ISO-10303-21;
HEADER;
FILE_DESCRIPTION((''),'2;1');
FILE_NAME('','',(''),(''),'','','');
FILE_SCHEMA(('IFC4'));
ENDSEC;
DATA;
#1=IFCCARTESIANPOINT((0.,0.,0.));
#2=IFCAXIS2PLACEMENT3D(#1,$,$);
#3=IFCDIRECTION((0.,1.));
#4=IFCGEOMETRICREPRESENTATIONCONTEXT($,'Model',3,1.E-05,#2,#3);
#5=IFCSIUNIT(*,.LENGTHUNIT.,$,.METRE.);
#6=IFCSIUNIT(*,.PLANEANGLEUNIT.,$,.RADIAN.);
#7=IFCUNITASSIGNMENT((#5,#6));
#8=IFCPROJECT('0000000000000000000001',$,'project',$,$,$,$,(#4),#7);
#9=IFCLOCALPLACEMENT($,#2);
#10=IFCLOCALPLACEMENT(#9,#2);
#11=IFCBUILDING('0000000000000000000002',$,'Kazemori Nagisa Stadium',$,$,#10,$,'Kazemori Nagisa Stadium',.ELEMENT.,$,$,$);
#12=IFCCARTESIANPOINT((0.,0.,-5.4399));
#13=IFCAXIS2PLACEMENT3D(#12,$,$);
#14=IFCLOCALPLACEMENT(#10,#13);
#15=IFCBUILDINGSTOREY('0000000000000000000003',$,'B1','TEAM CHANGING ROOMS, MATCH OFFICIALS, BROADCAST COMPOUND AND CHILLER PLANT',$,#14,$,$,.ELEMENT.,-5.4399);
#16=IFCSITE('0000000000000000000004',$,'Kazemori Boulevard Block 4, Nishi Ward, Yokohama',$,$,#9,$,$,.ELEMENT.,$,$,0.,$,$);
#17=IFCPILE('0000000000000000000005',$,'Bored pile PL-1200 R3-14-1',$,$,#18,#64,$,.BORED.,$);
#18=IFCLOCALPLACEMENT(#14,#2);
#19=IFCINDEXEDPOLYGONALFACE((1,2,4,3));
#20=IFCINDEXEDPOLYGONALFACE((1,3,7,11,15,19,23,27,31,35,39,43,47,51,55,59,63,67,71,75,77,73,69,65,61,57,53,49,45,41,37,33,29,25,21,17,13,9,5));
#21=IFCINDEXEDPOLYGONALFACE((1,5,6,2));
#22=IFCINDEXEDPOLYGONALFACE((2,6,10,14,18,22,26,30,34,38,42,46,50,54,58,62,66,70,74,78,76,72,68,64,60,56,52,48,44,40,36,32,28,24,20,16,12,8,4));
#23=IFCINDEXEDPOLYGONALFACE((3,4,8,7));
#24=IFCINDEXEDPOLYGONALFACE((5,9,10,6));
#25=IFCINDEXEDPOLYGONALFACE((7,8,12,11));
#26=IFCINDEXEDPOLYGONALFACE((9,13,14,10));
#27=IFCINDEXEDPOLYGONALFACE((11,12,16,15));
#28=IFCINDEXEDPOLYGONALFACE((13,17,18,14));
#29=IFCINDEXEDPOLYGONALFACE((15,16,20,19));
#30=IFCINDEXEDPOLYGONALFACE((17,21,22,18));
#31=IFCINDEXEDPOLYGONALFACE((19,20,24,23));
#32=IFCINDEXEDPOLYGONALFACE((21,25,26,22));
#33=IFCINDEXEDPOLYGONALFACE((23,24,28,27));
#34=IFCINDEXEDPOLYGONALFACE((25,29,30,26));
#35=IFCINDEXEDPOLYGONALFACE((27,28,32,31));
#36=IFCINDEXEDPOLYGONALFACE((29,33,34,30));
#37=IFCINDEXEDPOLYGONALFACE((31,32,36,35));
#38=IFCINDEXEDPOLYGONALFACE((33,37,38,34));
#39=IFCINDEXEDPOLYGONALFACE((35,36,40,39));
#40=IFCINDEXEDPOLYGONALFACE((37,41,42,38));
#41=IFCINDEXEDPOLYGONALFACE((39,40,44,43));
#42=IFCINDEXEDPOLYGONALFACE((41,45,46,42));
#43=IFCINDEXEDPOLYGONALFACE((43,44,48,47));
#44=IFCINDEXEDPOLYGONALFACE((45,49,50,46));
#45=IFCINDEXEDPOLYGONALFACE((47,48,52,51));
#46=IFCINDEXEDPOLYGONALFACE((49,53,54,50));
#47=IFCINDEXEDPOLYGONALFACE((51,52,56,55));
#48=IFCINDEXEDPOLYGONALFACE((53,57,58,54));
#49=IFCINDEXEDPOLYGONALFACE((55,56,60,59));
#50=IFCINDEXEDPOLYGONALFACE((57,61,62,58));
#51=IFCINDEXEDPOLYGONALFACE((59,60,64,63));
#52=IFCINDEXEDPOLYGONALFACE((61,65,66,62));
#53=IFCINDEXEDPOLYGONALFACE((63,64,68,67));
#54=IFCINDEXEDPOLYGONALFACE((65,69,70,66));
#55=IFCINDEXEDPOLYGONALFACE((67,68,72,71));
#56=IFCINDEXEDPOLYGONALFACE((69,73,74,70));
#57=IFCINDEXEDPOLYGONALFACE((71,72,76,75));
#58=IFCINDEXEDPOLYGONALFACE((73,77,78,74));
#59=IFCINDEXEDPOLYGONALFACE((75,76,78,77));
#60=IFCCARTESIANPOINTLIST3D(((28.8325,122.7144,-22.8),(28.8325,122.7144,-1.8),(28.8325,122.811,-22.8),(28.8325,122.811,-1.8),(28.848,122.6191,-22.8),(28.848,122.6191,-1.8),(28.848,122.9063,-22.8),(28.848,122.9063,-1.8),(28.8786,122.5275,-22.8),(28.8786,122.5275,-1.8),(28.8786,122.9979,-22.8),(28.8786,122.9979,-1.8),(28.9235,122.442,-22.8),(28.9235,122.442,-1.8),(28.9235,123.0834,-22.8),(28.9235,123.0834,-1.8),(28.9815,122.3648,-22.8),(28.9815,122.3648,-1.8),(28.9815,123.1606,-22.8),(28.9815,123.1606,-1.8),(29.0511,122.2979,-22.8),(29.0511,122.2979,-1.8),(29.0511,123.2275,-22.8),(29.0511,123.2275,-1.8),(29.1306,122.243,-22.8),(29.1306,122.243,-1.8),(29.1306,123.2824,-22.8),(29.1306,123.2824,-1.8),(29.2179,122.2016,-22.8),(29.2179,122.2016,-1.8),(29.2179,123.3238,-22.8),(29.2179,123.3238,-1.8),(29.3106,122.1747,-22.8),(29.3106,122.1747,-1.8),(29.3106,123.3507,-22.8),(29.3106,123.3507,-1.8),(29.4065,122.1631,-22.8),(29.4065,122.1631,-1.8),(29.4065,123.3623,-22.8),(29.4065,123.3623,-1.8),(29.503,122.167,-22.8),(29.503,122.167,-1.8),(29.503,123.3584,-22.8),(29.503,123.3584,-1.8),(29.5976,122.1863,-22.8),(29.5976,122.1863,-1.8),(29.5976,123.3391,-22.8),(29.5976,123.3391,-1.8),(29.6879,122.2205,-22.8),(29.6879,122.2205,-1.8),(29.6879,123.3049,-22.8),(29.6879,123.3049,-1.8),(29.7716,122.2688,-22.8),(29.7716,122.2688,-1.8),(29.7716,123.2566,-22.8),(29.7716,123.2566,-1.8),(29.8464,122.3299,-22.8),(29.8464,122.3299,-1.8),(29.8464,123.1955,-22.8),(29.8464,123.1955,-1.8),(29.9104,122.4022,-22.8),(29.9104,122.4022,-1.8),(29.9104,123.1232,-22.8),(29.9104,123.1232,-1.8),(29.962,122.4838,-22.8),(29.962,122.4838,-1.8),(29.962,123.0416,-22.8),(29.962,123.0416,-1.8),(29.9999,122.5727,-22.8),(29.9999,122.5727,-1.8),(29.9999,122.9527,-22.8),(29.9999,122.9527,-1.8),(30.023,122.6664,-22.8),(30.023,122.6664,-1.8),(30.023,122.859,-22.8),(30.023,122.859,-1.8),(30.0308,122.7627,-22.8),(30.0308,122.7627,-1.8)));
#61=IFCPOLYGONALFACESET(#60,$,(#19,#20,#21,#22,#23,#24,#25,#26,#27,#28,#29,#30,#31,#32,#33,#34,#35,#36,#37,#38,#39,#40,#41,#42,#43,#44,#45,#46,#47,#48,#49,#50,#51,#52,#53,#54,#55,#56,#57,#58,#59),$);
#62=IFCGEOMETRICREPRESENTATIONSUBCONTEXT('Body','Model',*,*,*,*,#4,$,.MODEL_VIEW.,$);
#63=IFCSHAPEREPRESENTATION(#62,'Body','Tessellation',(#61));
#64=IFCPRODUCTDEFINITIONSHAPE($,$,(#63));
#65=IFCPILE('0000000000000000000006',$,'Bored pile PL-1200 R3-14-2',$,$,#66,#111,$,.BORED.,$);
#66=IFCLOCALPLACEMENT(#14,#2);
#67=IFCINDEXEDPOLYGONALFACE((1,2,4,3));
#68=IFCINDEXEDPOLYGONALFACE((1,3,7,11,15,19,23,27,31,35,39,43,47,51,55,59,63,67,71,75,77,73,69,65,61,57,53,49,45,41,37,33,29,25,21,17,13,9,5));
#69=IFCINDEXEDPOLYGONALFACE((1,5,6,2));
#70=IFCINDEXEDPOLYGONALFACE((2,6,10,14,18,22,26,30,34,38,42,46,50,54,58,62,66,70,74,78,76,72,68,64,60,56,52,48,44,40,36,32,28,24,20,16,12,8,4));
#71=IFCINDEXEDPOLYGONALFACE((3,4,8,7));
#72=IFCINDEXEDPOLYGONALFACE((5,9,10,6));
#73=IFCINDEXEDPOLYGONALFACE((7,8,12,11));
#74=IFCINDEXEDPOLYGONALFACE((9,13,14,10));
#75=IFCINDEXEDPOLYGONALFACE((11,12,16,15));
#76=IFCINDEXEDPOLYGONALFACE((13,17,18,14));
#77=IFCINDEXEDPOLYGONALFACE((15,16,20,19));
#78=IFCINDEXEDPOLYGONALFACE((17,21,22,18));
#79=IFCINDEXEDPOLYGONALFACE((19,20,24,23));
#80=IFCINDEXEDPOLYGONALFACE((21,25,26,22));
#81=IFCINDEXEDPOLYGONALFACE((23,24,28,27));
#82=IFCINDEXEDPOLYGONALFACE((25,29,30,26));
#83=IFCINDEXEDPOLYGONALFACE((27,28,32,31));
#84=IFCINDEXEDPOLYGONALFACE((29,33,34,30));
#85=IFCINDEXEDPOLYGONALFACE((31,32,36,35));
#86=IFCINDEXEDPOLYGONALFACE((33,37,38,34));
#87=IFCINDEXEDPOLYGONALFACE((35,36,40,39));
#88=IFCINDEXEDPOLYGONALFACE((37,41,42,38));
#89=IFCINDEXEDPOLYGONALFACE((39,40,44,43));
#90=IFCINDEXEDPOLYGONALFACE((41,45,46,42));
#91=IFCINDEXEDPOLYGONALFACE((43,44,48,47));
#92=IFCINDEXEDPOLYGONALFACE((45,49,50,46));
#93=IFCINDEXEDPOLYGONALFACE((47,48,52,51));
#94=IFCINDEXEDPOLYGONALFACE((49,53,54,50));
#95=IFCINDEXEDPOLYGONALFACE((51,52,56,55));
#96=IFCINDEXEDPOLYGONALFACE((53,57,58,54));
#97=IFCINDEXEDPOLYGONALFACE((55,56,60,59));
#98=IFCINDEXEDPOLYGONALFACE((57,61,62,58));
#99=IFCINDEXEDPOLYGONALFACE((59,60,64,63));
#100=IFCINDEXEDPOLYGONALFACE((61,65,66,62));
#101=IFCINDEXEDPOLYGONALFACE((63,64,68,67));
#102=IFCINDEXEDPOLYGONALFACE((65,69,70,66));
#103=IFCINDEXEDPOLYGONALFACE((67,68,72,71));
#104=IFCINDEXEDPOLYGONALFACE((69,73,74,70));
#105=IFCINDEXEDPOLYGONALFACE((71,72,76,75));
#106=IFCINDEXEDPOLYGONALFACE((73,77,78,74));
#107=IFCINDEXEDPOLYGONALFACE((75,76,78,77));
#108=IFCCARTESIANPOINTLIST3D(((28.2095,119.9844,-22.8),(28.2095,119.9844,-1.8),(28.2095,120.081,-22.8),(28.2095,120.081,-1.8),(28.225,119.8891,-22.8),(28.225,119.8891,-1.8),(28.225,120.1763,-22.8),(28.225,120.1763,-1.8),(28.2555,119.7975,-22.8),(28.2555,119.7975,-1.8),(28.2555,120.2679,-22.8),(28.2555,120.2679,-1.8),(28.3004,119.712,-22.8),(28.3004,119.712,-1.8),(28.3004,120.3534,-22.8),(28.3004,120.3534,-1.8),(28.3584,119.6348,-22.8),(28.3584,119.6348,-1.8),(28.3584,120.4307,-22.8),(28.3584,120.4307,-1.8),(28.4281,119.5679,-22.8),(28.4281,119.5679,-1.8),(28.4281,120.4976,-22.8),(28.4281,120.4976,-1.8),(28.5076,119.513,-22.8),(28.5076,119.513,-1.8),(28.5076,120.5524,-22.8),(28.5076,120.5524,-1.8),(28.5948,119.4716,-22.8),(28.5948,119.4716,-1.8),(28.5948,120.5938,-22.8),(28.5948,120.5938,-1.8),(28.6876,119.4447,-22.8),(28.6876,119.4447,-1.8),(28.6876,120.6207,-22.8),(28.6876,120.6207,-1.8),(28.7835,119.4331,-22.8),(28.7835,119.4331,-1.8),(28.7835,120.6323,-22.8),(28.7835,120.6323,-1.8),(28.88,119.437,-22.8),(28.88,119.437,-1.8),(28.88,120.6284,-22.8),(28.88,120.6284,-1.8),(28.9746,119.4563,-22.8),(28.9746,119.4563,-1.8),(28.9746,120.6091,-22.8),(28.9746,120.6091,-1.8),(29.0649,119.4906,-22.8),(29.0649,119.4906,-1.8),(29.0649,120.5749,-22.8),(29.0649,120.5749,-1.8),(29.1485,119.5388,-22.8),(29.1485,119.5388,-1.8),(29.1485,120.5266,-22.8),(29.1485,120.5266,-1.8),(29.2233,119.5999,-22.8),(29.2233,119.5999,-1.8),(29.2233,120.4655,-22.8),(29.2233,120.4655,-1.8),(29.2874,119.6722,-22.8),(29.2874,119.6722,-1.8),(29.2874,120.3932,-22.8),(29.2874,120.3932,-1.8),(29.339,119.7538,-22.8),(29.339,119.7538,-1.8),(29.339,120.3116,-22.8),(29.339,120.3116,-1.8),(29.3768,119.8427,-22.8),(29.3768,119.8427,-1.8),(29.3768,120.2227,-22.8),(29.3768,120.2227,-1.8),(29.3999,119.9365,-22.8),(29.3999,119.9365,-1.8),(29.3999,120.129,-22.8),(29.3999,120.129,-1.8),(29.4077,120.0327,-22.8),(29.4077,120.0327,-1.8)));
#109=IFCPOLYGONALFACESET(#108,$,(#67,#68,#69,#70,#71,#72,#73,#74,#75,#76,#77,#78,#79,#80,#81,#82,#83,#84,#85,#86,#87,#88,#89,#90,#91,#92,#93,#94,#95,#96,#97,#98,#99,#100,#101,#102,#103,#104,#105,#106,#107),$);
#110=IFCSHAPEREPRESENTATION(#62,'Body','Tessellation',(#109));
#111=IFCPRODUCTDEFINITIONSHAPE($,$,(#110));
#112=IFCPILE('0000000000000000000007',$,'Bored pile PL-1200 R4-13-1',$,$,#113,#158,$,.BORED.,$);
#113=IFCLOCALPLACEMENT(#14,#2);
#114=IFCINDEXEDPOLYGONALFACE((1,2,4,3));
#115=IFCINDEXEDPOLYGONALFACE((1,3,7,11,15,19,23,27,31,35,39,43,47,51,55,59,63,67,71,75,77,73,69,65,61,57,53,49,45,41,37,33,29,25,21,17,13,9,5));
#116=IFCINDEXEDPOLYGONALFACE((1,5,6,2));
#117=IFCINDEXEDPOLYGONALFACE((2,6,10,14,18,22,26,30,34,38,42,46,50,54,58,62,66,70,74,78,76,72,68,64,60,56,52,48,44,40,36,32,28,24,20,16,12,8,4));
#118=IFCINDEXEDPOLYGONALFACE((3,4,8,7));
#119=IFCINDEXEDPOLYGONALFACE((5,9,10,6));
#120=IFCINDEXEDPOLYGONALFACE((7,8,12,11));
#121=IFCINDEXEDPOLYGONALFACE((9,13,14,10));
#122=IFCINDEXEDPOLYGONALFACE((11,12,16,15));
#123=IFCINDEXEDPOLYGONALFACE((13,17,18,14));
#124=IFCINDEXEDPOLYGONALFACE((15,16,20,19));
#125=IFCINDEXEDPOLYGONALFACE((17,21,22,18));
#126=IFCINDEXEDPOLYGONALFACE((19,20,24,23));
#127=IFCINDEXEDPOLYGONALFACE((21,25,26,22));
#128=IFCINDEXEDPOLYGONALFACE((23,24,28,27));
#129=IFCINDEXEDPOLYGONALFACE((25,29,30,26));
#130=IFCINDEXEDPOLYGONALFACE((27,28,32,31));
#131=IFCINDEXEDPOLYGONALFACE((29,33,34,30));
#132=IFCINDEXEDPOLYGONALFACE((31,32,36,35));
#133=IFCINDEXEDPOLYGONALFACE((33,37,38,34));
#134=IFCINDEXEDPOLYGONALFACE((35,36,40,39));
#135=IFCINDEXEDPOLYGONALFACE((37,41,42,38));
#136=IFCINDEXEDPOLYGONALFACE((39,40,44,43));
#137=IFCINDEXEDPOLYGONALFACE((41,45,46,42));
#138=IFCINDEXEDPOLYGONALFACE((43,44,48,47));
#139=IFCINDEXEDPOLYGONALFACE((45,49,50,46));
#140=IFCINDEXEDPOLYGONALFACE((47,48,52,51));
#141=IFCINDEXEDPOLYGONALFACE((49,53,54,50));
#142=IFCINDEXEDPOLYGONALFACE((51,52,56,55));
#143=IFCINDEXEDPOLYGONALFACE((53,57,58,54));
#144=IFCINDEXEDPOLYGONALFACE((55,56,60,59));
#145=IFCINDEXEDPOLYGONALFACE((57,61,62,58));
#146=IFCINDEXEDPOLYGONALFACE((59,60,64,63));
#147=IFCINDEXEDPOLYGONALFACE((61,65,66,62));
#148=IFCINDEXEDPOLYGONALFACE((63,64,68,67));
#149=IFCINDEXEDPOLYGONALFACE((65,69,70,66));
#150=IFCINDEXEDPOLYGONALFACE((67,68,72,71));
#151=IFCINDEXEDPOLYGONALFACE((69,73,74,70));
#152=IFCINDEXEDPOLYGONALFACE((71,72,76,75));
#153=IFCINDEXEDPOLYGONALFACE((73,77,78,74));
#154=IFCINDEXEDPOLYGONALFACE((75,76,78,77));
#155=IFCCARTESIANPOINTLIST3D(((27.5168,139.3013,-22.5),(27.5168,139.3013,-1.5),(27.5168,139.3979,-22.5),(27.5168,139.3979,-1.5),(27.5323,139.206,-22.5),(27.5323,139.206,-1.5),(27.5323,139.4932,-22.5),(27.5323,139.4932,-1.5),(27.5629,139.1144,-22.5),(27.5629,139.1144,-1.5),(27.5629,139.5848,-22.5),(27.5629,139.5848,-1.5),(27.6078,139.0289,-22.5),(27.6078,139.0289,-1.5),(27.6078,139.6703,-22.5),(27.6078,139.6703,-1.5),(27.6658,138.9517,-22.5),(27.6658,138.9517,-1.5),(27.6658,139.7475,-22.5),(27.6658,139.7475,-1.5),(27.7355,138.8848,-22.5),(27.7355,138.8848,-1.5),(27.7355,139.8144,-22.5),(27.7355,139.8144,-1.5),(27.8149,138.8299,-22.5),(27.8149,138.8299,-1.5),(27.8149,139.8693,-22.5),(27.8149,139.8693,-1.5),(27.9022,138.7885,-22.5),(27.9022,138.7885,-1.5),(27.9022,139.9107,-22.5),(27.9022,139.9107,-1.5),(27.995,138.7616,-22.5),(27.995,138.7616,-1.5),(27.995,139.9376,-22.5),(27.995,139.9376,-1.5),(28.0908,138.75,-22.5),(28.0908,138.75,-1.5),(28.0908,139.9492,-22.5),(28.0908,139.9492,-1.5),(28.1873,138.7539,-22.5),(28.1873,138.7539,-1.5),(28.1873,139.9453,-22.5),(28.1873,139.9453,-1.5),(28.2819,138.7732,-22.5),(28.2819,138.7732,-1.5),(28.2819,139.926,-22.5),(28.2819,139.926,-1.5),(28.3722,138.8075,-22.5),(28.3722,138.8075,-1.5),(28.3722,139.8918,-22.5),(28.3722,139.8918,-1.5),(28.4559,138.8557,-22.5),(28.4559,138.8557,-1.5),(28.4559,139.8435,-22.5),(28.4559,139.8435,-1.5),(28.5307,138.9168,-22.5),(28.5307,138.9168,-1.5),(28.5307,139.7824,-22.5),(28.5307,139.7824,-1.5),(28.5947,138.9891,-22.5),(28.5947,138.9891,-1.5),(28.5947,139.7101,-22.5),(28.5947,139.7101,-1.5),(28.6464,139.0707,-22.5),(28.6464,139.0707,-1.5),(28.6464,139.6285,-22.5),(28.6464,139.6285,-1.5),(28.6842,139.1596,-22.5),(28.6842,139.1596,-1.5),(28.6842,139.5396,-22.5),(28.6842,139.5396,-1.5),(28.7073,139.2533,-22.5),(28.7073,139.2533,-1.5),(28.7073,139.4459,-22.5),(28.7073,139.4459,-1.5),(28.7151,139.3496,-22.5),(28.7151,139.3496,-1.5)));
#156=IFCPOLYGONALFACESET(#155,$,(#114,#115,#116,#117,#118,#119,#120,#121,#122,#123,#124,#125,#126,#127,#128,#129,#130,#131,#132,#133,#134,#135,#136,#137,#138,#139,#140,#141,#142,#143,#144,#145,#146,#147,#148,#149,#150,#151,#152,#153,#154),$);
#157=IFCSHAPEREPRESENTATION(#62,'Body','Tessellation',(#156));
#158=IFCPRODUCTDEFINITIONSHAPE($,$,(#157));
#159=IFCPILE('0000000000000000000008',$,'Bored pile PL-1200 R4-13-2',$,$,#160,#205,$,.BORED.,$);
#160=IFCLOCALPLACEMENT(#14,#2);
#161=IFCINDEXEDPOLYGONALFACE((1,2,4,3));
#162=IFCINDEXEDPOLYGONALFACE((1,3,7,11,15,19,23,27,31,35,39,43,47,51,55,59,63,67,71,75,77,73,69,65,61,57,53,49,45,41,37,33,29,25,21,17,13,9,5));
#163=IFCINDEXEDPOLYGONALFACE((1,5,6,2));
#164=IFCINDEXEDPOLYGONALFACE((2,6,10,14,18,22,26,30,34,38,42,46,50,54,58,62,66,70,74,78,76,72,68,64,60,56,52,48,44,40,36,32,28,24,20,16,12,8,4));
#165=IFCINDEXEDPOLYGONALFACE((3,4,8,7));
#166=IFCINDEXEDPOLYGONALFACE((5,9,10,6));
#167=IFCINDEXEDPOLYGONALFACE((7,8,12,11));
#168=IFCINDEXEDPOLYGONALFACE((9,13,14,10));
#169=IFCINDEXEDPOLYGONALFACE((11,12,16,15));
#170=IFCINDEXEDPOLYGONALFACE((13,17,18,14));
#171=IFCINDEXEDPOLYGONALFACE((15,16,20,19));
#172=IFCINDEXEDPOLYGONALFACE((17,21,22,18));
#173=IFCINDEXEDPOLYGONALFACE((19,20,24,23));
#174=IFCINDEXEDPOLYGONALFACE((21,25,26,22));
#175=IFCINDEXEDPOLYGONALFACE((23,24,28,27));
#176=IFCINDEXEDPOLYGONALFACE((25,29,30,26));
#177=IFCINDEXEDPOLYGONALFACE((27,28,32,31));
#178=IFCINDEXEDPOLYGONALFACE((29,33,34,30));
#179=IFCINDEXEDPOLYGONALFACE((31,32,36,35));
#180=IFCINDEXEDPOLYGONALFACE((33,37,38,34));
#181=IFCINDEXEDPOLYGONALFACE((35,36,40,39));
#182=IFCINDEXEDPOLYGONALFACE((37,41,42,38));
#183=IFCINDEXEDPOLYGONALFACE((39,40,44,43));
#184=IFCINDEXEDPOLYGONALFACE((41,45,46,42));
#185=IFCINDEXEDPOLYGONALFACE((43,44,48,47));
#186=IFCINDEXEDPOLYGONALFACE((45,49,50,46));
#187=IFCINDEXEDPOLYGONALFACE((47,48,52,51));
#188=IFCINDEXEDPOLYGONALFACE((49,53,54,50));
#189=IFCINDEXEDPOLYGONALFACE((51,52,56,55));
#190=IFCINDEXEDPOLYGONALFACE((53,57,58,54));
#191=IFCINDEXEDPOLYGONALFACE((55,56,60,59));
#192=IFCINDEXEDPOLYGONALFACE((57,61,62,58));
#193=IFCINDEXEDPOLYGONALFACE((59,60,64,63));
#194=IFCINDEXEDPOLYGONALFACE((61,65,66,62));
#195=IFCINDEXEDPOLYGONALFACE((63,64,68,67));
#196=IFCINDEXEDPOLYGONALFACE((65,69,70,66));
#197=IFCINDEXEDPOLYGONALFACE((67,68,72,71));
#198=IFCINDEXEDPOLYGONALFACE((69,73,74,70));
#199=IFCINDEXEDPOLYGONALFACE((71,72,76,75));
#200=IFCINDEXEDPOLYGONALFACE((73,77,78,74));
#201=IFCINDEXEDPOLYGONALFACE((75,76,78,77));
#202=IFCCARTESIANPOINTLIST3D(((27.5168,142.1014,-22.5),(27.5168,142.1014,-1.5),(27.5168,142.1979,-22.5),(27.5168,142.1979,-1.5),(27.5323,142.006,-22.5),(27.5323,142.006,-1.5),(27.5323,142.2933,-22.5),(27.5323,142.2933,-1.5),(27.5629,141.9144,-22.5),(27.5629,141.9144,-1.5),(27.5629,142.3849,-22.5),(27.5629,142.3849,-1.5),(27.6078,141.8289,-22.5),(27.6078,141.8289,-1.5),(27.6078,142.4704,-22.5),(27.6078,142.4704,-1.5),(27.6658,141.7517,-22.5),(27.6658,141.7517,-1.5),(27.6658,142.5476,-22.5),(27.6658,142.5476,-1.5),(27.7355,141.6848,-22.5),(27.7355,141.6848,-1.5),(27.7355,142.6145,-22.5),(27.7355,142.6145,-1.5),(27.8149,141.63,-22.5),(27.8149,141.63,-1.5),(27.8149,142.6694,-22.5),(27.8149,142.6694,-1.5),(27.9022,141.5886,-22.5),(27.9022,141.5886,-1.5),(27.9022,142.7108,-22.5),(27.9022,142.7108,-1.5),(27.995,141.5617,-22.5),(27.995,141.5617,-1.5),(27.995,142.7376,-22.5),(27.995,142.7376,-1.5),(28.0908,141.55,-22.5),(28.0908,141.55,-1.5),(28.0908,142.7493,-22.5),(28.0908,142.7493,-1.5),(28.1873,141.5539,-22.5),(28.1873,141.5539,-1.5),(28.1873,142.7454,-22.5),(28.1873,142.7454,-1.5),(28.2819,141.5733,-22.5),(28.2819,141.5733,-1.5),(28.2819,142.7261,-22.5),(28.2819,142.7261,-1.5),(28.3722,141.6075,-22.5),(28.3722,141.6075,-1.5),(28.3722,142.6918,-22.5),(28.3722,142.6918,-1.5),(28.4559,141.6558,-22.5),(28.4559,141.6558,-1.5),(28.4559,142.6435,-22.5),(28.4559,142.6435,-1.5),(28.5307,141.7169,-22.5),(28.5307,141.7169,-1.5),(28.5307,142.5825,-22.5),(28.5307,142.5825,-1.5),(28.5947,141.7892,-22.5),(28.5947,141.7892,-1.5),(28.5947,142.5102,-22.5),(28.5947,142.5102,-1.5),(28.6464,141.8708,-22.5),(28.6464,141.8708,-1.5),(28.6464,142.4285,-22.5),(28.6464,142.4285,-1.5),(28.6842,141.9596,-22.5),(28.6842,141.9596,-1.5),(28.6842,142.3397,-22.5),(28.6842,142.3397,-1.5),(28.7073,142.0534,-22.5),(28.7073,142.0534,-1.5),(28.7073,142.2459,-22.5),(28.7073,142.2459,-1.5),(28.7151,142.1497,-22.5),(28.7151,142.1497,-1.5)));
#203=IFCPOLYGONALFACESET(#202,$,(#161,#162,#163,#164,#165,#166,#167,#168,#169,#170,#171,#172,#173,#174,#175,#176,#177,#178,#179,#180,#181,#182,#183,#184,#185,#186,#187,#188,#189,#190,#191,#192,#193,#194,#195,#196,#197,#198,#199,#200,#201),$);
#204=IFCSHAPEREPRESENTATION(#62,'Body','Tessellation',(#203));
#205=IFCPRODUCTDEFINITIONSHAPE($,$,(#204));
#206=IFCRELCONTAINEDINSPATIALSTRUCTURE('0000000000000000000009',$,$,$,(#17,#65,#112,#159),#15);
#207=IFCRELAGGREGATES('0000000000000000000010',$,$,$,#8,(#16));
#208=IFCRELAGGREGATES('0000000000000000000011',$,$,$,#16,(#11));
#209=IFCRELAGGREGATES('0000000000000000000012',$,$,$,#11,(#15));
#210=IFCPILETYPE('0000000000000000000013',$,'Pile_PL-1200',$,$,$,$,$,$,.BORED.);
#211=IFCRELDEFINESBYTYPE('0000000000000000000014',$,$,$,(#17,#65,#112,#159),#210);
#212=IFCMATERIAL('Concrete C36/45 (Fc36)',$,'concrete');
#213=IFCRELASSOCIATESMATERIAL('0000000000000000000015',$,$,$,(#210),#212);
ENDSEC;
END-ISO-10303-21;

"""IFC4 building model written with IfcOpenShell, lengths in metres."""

from ifc_helpers import new_model, si_unit, direction, frame, origin, origin_2d, place, context, subcontext, project, spatial, circle, extrude, material, material_profile, profile_set, type_object, element, save


model = new_model("IFC4")

# Units and contexts
model_context = context("Model", 3, precision=1e-05, world=origin(), true_north=direction((0.0, 1.0)))
body_context = subcontext(model_context, "Body", "Model", "MODEL_VIEW")
ifc_project = project(units=[si_unit("LENGTHUNIT", "METRE"), si_unit("PLANEANGLEUNIT", "RADIAN")], contexts=[model_context])

# Site, building, storey
site_placement = place(None, origin())
site = spatial("IfcSite", under=ifc_project, at=site_placement, Name="Kazemori Boulevard Block 4, Nishi Ward, Yokohama", CompositionType="ELEMENT", RefElevation=0.0)
building_placement = place(site_placement, origin())
building = spatial("IfcBuilding", under=site, at=building_placement, Name="Kazemori Nagisa Stadium", LongName="Kazemori Nagisa Stadium", CompositionType="ELEMENT")
storey_placement = place(building_placement, frame((0.0, 0.0, -5.4399)))
storey = spatial("IfcBuildingStorey", under=building, at=storey_placement, Name="B1", Description="TEAM CHANGING ROOMS, MATCH OFFICIALS, BROADCAST COMPOUND AND CHILLER PLANT", CompositionType="ELEMENT", Elevation=-5.4399)

# Piles
ifc_material_1 = material(Name="Concrete C36/45 (Fc36)", Category="concrete")
ifc_material_profile_1 = material_profile(ifc_material_1, circle(Radius=0.6001, at=origin_2d()), Name="PILE-D1200")
ifc_profile_set_1 = profile_set([ifc_material_profile_1], Name="Concrete C36/45 (Fc36)")
pile_type_1 = type_object("IfcPileType", Name="Pile_PL-1200", PredefinedType="BORED", material=ifc_profile_set_1)
for number, where, z_axis, x_axis, name in (
    (1, (29.4307, 122.7627, -1.8), (0.0, 0.0, -1.0), (1.0, 0.0, 0.0), "Bored pile PL-1200 R3-14-1"),
    (2, (28.8076, 120.0327, -1.8), (0.0, 0.0, -1.0), (1.0, 0.0, 0.0), "Bored pile PL-1200 R3-14-2"),
    (3, (28.115, 139.3496, -1.5), (0.0, 0.0, -1.0), (1.0, 0.0, 0.0), "Bored pile PL-1200 R4-13-1"),
    (4, (28.115, 142.1497, -1.5), (0.0, 0.0, -1.0), (1.0, 0.0, 0.0), "Bored pile PL-1200 R4-13-2"),
):
    element("IfcPile", number, at=place(storey_placement, frame(where, z_axis=z_axis, x_axis=x_axis)), inside=storey, type_object=pile_type_1, Name=name, PredefinedType="BORED", context=body_context, shape_type="SweptSolid", body=[
        extrude(circle(Radius=0.6001, at=origin_2d()), origin(), (0.0, 0.0, 1.0), 21.0),
    ])

save(model, "model.ifc")
